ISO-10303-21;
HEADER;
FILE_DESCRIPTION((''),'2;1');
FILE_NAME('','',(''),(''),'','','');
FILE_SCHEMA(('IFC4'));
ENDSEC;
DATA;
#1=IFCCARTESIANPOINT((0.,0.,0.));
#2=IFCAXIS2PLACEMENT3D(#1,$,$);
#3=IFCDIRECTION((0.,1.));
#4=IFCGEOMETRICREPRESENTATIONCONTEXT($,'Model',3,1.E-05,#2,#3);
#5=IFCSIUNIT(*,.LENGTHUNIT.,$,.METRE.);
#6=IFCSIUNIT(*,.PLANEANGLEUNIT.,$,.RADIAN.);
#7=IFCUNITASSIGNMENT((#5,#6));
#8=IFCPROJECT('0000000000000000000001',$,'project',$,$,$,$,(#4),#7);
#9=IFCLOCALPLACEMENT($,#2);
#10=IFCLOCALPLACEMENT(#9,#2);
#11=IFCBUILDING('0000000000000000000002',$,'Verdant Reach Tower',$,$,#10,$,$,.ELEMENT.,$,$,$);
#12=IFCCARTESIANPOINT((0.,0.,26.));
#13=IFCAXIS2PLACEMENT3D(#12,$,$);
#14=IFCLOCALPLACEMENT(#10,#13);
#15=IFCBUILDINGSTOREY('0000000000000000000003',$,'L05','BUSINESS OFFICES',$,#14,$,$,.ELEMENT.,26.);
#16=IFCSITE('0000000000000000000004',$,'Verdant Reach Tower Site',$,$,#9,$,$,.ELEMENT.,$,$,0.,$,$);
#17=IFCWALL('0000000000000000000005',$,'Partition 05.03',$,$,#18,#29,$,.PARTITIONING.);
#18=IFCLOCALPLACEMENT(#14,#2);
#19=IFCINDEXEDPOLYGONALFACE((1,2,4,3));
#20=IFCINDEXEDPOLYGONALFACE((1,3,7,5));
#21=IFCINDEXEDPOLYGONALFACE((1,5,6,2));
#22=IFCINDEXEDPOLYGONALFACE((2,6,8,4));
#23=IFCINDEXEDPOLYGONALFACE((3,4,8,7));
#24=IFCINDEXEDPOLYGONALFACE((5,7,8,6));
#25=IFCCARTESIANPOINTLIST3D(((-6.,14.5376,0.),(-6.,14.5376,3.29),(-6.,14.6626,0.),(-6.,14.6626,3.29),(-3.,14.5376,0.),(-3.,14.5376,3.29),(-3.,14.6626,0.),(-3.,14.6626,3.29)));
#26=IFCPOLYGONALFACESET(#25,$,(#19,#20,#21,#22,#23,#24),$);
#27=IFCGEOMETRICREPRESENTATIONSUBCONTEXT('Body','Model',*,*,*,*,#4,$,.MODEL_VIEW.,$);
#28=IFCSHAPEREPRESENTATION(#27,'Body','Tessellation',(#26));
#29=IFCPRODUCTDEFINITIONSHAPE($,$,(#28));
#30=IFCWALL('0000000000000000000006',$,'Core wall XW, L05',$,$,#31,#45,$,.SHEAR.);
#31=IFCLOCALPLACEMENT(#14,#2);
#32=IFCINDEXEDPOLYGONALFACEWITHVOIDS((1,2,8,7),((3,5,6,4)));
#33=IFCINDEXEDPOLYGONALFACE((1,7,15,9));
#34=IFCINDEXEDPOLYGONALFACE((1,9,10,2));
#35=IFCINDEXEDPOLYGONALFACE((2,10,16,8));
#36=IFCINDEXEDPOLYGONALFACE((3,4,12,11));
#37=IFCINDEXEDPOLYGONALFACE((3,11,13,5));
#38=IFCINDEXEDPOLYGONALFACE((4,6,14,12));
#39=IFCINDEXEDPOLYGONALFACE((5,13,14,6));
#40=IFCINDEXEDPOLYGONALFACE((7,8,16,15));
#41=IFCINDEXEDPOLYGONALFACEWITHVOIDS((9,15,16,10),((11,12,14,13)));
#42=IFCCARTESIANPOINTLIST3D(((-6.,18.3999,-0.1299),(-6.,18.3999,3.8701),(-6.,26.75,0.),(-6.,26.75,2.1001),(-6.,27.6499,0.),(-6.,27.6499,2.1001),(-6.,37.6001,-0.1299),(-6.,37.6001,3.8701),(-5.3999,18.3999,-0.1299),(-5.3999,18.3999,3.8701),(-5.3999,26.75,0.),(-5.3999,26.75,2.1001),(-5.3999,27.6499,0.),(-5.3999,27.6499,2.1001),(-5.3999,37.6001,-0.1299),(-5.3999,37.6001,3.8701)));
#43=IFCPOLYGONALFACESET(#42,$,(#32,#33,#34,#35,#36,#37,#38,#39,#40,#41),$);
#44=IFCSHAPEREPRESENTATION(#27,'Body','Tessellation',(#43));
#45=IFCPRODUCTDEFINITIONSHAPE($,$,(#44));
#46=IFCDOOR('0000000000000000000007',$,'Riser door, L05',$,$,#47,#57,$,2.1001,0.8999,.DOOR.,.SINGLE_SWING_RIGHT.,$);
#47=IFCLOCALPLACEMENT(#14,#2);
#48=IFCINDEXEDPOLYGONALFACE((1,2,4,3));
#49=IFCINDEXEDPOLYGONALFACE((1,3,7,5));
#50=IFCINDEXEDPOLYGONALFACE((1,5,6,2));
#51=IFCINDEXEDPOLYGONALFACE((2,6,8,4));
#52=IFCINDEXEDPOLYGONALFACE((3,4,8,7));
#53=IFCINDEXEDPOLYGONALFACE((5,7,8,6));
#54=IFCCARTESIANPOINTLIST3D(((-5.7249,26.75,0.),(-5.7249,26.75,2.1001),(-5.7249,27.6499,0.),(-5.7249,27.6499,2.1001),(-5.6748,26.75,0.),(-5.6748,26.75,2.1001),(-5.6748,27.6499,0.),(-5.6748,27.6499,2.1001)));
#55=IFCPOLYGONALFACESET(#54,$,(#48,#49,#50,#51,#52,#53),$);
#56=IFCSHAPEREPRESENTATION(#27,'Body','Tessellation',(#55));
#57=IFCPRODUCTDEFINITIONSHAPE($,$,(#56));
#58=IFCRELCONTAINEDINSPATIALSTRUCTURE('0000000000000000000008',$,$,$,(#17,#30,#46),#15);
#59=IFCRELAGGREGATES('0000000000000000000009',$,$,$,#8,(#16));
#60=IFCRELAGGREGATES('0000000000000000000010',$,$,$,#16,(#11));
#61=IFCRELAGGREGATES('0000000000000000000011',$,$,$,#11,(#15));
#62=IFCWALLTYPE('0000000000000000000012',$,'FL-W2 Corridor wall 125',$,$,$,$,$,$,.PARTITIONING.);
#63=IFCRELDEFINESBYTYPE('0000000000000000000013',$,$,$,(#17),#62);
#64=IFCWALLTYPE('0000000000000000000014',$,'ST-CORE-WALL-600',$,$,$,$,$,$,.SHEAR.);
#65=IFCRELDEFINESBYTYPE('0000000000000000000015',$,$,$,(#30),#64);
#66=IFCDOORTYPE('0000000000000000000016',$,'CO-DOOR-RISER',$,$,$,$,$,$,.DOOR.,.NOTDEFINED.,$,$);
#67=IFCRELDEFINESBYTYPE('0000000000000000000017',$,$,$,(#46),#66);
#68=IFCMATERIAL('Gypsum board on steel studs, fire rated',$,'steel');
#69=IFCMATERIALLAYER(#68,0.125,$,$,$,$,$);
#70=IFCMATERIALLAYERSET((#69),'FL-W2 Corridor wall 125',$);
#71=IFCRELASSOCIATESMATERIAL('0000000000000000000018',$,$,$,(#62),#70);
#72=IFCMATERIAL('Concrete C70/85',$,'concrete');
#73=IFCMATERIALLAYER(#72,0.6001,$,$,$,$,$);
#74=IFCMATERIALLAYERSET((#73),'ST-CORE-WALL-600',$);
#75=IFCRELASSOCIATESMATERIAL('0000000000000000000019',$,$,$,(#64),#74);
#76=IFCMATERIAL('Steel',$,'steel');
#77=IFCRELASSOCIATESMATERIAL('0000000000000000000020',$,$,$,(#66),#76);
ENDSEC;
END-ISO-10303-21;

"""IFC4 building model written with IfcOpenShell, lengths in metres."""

from ifc_helpers import new_model, si_unit, direction, frame, frame_2d, origin, place, context, subcontext, project, spatial, rectangle, extrude, material, layer, layer_set, type_object, element, fill, save


model = new_model("IFC4")

# Units and contexts
model_context = context("Model", 3, precision=1e-05, world=origin(), true_north=direction((0.0, 1.0)))
body_context = subcontext(model_context, "Body", "Model", "MODEL_VIEW")
ifc_project = project(units=[si_unit("LENGTHUNIT", "METRE"), si_unit("PLANEANGLEUNIT", "RADIAN")], contexts=[model_context])

# Site, building, storey
site_placement = place(None, origin())
site = spatial("IfcSite", under=ifc_project, at=site_placement, Name="Verdant Reach Tower Site", CompositionType="ELEMENT", RefElevation=0.0)
building_placement = place(site_placement, origin())
building = spatial("IfcBuilding", under=site, at=building_placement, Name="Verdant Reach Tower", CompositionType="ELEMENT")
storey_placement = place(building_placement, frame((0.0, 0.0, 26.0)))
storey = spatial("IfcBuildingStorey", under=building, at=storey_placement, Name="L05", Description="BUSINESS OFFICES", CompositionType="ELEMENT", Elevation=26.0)

# Wall
ifc_material_1 = material(Name="Gypsum board on steel studs, fire rated", Category="steel")
ifc_layer_1 = layer(ifc_material_1, 0.125)
ifc_layer_set_1 = layer_set([ifc_layer_1], Name="FL-W2 Corridor wall 125")
wall_type_1 = type_object("IfcWallType", Name="FL-W2 Corridor wall 125", PredefinedType="PARTITIONING", material=ifc_layer_set_1)
wall_1_placement = place(storey_placement, frame((-6.0, 14.6001, 0.0), z_axis=(0.0, 0.0, 1.0), x_axis=(1.0, 0.0, 0.0)))
element("IfcWall", 1, at=wall_1_placement, inside=storey, type_object=wall_type_1, Name="Partition 05.03", PredefinedType="PARTITIONING", context=body_context, shape_type="SweptSolid", body=[
    extrude(rectangle(XDim=3.0, YDim=0.125, at=frame_2d((1.5, 0.0))), origin(), (0.0, 0.0, 1.0), 3.29),
])

# Wall, opening, door
ifc_material_2 = material(Name="Concrete C70/85", Category="concrete")
ifc_layer_2 = layer(ifc_material_2, 0.6001)
ifc_layer_set_2 = layer_set([ifc_layer_2], Name="ST-CORE-WALL-600")
wall_type_2 = type_object("IfcWallType", Name="ST-CORE-WALL-600", PredefinedType="SHEAR", material=ifc_layer_set_2)
wall_2_placement = place(storey_placement, frame((-5.7, 18.3999, -0.1299), z_axis=(0.0, 0.0, 1.0), x_axis=(0.0, 1.0, 0.0)))
wall_2 = element("IfcWall", 2, at=wall_2_placement, inside=storey, type_object=wall_type_2, Name="Core wall XW, L05", PredefinedType="SHEAR", context=body_context, shape_type="SweptSolid", body=[
    extrude(rectangle(XDim=19.2002, YDim=0.6001, at=frame_2d((9.6001, 0.0))), origin(), (0.0, 0.0, 1.0), 4.0),
])
opening_1_placement = place(wall_2_placement, frame((8.3501, 0.0, 0.1299)))
opening_1 = element("IfcOpeningElement", 3, at=opening_1_placement, cuts=wall_2, PredefinedType="OPENING", context=body_context, shape_type="SweptSolid", body=[
    extrude(rectangle(XDim=0.8999, YDim=2.1001, at=frame_2d((0.45, 1.05))), frame((0.0, 0.3101, 0.0), z_axis=(0.0, -1.0, 0.0), x_axis=(1.0, 0.0, 0.0)), (0.0, 0.0, 1.0), 0.6201),
])
ifc_material_3 = material(Name="Steel", Category="steel")
door_type_1 = type_object("IfcDoorType", Name="CO-DOOR-RISER", OperationType="NOTDEFINED", PredefinedType="DOOR", material=ifc_material_3)
door_1_placement = place(opening_1_placement, origin())
door_1 = element("IfcDoor", 4, at=door_1_placement, inside=storey, type_object=door_type_1, Name="Riser door, L05", OperationType="SINGLE_SWING_RIGHT", OverallHeight=2.1001, OverallWidth=0.8999, PredefinedType="DOOR", context=body_context, shape_type="SweptSolid", body=[
    extrude(rectangle(XDim=0.8999, YDim=2.1001, at=frame_2d((0.45, 1.05))), frame((0.0, 0.0249, 0.0), z_axis=(0.0, -1.0, 0.0), x_axis=(1.0, 0.0, 0.0)), (0.0, 0.0, 1.0), 0.05),
])
fill(opening_1, door_1)

save(model, "model.ifc")
